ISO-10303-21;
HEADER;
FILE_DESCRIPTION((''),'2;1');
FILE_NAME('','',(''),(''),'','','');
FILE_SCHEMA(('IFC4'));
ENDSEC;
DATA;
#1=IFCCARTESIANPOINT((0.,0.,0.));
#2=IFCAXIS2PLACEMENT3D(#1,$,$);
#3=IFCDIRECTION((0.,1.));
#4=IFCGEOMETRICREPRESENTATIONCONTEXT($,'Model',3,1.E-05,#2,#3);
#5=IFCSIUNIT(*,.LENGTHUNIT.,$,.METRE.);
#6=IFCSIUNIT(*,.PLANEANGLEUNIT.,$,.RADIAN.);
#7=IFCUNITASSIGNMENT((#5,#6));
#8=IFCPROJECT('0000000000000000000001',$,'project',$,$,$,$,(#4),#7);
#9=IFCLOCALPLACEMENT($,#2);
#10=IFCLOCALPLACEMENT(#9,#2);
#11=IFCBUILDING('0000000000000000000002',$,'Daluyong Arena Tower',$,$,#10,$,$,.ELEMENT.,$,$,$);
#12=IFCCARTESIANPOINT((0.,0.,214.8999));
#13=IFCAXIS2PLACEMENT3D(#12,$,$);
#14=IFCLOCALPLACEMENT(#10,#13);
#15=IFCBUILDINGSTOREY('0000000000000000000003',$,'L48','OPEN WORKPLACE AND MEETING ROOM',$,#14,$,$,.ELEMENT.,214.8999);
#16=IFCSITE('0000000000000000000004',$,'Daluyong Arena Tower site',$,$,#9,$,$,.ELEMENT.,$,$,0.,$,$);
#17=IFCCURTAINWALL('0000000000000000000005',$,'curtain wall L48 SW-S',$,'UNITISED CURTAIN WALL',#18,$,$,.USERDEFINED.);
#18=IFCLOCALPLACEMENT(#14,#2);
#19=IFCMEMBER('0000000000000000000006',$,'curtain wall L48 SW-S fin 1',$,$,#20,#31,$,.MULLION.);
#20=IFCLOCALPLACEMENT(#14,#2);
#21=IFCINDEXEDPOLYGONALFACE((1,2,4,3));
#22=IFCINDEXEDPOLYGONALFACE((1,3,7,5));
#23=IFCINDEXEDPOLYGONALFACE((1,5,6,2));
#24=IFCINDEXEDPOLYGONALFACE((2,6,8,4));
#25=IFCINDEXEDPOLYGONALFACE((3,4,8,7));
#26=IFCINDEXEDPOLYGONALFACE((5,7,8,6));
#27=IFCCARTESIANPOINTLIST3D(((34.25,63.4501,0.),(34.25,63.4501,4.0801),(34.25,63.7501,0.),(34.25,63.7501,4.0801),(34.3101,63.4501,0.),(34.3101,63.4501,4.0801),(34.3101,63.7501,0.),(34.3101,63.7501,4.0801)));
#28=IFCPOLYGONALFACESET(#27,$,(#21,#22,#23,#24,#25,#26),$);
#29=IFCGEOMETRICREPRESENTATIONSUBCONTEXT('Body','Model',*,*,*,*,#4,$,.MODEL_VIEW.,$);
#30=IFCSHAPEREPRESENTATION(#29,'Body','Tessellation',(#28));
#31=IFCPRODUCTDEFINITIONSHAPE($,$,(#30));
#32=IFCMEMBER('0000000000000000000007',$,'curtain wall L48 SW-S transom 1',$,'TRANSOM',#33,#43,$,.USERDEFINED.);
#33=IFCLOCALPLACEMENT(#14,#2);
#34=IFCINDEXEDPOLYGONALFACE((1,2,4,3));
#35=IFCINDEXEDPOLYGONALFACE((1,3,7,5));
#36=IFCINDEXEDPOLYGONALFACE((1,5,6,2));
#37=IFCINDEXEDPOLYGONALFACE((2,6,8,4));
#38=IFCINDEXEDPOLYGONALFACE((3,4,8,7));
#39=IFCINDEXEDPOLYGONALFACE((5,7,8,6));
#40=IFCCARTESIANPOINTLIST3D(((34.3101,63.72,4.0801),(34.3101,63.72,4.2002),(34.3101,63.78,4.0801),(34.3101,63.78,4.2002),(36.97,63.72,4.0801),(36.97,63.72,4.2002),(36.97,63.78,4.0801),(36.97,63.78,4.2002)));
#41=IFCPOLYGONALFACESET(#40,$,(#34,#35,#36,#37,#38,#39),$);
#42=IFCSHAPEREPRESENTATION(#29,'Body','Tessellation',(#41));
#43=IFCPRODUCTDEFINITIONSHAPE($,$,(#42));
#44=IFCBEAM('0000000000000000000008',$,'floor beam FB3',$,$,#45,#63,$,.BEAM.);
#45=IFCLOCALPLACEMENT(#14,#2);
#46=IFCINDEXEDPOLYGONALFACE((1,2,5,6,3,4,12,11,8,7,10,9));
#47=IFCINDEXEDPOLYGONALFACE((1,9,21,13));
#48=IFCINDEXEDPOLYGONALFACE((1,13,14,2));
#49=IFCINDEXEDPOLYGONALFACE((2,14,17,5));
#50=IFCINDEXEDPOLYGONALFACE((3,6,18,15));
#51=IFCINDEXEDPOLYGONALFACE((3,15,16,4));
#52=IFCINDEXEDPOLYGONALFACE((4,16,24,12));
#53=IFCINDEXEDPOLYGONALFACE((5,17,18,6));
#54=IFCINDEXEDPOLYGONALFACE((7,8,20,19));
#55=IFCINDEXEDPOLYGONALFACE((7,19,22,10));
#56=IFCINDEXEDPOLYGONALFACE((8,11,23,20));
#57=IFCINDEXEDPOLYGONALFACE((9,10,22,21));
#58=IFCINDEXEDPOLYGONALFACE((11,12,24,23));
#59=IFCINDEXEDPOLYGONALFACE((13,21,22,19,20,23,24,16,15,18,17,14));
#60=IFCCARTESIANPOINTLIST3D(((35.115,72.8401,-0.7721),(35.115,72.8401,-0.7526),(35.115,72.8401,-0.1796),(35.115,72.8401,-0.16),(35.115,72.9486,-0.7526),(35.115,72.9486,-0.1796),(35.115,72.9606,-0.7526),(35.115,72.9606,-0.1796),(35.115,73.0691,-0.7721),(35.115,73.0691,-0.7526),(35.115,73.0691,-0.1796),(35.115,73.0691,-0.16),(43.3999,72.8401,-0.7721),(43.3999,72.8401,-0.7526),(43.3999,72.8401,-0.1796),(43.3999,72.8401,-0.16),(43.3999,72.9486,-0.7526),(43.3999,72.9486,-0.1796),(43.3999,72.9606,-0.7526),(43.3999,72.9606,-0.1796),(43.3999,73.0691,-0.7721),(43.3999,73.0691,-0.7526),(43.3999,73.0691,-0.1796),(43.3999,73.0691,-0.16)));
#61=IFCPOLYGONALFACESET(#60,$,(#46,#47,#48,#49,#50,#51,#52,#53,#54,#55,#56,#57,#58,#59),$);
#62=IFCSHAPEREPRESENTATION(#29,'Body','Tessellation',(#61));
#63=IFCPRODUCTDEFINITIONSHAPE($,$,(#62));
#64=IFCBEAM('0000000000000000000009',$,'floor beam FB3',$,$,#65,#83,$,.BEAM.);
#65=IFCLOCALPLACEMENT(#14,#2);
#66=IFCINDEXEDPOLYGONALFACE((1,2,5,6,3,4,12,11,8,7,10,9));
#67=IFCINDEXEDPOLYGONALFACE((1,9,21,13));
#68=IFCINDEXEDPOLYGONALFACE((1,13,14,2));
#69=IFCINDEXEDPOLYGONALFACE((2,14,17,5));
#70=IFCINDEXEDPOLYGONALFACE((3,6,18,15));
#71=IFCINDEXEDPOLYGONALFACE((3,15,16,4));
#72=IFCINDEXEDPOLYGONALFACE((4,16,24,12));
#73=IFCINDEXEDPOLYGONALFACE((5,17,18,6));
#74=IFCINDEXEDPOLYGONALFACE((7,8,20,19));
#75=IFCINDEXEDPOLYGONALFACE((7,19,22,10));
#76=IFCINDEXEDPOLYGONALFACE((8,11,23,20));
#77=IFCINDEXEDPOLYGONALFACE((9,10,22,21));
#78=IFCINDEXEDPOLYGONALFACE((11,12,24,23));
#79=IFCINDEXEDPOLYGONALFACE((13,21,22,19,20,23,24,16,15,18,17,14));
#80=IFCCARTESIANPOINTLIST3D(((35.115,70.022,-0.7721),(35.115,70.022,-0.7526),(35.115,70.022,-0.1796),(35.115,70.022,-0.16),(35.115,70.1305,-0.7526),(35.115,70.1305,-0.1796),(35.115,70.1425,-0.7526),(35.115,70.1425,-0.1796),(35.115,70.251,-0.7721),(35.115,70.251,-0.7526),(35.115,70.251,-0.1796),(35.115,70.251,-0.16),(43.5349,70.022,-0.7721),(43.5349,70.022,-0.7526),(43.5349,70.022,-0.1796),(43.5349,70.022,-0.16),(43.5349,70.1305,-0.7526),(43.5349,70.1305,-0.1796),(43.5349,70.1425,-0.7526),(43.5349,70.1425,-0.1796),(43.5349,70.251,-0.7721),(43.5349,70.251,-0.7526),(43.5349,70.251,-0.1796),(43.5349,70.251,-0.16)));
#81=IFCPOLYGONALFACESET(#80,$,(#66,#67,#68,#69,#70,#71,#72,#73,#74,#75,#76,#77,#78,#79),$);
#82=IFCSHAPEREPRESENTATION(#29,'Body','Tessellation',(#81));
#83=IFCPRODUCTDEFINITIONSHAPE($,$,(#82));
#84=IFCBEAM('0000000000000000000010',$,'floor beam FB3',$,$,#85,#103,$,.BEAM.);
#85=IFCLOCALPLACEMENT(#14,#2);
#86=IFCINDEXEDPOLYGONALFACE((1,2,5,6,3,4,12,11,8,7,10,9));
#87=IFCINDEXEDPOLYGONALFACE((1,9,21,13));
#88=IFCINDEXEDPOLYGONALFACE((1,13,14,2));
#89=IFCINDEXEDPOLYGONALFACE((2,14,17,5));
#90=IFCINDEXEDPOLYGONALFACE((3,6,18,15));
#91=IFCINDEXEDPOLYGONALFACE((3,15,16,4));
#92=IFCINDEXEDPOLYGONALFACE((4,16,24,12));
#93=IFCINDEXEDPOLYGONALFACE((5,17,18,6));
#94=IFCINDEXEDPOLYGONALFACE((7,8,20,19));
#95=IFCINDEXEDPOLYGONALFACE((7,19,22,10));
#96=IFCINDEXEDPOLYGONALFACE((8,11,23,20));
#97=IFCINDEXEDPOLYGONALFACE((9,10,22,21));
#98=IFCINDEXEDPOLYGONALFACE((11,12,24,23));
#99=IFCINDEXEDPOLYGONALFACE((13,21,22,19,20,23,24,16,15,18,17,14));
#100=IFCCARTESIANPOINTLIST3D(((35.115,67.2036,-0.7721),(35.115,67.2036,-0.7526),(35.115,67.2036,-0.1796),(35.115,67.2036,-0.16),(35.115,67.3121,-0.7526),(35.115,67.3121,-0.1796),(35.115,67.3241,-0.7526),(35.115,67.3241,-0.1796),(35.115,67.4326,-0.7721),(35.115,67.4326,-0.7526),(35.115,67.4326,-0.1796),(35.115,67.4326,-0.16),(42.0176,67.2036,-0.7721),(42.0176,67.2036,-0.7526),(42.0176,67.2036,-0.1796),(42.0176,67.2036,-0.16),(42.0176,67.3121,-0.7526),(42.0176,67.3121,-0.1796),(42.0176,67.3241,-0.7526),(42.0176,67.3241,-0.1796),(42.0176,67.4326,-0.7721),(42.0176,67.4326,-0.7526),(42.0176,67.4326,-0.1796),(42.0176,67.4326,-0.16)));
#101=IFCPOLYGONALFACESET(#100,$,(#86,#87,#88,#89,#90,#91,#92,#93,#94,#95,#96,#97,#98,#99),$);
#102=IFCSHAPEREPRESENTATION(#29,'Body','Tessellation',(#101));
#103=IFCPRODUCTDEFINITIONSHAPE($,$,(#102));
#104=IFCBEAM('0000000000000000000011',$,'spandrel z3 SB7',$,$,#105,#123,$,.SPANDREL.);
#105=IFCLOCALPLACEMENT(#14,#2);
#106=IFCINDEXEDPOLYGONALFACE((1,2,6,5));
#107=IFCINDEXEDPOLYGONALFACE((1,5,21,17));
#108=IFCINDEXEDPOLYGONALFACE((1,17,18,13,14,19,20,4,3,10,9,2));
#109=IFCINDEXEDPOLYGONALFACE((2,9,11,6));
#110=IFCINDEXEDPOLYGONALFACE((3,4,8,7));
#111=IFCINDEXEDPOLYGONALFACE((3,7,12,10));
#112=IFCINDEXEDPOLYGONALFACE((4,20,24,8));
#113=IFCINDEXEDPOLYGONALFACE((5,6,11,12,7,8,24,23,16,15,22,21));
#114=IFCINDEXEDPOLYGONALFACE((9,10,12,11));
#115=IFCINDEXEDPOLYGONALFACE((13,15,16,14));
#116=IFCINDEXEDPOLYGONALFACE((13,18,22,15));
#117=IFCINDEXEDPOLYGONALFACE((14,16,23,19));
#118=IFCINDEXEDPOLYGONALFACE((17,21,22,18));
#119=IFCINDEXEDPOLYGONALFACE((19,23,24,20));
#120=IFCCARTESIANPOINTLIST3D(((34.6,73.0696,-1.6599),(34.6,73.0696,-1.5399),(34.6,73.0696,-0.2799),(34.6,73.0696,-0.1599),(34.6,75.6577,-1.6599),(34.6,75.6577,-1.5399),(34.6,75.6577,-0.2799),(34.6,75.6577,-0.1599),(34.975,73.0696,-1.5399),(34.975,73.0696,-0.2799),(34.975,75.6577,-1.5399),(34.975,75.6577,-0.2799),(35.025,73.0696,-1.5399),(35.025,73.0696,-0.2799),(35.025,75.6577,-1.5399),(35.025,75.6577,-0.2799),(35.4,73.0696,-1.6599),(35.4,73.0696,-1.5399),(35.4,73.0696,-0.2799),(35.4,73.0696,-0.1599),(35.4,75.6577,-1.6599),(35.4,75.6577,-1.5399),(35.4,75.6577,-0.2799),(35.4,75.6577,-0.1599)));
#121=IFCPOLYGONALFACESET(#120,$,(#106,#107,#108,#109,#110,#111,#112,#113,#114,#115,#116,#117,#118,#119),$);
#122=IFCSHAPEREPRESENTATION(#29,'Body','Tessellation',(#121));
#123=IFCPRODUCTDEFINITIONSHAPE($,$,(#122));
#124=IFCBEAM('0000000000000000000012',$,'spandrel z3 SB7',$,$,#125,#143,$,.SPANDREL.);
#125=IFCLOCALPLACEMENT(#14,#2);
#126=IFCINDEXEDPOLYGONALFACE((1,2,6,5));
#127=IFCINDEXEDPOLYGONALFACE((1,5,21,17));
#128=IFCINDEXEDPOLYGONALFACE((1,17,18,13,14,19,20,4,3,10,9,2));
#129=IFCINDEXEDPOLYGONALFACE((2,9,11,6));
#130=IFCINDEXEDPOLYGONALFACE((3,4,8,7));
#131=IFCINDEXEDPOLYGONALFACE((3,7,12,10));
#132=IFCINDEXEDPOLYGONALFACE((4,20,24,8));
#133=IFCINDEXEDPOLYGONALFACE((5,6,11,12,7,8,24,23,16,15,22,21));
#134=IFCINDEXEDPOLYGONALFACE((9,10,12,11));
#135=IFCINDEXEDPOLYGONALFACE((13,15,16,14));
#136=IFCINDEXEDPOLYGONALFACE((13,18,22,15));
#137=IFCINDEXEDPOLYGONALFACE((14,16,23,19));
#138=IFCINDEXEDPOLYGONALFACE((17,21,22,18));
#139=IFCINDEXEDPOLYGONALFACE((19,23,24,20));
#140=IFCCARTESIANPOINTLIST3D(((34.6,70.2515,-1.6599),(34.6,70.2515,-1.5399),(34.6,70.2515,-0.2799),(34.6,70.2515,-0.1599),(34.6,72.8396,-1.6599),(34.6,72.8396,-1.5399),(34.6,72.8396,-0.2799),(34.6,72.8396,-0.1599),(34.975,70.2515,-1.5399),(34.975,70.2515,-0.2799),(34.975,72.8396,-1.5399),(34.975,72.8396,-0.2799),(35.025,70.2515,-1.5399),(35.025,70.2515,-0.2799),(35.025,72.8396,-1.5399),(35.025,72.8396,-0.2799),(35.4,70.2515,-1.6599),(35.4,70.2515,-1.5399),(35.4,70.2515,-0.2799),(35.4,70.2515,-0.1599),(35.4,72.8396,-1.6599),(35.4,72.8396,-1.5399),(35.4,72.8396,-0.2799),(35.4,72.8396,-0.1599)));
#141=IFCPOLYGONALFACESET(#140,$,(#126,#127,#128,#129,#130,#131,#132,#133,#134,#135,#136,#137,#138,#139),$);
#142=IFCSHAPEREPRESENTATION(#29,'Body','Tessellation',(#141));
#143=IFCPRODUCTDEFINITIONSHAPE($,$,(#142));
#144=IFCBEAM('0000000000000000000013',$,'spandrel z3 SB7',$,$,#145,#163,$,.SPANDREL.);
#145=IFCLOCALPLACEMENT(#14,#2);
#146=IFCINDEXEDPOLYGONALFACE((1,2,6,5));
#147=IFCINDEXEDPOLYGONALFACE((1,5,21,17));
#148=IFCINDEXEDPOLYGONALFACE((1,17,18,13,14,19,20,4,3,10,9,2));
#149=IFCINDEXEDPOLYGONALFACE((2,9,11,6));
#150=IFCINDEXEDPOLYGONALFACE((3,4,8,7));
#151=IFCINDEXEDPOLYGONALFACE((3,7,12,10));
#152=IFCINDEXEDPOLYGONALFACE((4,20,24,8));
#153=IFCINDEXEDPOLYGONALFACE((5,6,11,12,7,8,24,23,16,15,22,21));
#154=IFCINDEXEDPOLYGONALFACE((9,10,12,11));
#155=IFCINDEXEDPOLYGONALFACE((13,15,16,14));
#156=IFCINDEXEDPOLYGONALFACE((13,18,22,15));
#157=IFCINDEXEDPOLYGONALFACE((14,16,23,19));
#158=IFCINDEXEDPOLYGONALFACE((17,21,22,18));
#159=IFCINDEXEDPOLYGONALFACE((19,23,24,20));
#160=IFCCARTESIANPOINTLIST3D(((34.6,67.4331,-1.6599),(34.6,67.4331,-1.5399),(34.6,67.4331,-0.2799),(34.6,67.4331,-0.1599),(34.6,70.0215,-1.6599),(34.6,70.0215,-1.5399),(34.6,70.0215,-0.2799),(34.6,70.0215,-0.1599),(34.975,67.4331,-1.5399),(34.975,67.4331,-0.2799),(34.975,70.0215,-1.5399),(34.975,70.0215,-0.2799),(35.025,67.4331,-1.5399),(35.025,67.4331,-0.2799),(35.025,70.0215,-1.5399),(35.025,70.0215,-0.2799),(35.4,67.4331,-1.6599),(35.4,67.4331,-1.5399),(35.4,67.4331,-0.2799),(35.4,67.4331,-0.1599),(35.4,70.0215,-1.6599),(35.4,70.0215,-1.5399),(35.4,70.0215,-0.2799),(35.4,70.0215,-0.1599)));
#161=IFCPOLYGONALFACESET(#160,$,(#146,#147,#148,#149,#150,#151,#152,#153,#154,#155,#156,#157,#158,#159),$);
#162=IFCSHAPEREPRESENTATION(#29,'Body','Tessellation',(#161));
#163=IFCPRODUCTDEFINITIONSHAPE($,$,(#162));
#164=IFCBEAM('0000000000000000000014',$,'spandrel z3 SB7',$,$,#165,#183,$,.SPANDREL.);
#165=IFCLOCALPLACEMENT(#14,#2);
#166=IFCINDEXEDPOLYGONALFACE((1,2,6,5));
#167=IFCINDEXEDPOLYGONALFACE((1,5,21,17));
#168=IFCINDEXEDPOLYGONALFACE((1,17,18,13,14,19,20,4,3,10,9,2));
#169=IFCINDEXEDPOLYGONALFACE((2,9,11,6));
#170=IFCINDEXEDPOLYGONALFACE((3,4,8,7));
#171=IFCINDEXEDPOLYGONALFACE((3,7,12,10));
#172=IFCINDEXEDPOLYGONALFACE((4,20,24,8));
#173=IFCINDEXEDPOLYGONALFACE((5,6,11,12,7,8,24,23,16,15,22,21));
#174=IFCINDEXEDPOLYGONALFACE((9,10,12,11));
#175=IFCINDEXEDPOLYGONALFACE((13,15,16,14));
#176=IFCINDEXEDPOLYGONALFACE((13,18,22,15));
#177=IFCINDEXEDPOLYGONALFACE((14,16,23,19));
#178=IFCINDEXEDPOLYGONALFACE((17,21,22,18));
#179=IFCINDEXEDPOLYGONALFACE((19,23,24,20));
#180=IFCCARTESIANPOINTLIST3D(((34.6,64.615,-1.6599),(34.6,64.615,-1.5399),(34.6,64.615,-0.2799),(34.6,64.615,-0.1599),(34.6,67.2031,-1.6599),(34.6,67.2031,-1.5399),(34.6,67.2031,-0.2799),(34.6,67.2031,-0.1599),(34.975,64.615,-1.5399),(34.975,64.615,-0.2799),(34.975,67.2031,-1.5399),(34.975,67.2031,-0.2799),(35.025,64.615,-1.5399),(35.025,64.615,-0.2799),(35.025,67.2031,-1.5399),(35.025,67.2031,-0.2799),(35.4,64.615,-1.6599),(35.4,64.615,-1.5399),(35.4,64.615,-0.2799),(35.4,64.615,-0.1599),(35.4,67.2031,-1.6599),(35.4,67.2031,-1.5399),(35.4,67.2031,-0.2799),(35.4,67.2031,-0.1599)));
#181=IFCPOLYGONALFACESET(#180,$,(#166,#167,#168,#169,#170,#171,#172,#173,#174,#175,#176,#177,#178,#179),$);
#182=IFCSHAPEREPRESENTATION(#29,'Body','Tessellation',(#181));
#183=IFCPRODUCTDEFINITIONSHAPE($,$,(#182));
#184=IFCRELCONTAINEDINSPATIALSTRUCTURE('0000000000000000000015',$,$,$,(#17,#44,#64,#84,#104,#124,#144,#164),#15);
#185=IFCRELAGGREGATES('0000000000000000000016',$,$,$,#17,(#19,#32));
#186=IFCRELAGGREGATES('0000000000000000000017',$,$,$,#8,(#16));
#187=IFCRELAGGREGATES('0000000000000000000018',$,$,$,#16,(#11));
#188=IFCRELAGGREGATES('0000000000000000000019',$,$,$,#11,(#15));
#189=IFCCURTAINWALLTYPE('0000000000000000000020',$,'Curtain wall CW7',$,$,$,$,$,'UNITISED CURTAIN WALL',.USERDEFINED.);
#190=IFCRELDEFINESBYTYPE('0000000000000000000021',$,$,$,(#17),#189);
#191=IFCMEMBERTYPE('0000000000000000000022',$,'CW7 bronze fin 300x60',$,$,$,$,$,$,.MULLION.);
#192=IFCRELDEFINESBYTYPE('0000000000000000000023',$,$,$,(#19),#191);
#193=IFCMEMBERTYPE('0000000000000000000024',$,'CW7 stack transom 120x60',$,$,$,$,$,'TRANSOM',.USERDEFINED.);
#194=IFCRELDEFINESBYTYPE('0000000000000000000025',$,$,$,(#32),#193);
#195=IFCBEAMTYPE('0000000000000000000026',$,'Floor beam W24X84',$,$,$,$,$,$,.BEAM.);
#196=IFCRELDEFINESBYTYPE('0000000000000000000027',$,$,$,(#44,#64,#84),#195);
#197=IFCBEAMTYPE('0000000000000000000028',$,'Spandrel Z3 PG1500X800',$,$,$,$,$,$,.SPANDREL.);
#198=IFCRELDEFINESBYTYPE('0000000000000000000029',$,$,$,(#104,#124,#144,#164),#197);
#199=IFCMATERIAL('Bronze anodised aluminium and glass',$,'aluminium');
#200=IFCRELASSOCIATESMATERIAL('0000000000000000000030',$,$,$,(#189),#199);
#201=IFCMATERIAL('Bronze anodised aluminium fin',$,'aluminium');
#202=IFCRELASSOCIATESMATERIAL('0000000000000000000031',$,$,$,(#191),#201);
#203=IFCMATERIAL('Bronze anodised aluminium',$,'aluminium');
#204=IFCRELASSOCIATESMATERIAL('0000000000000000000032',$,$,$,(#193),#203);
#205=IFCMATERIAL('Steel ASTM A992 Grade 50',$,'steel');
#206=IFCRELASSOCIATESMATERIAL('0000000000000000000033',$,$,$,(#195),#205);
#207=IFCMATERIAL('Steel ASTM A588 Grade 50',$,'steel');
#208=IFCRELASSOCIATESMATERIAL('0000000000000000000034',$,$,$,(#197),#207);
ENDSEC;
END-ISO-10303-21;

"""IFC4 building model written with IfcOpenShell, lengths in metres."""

from ifc_helpers import new_model, si_unit, direction, frame, origin, origin_2d, place, context, subcontext, project, spatial, rectangle, i_section, extrude, material, material_profile, profile_set, type_object, element, aggregate, save


model = new_model("IFC4")

# Units and contexts
model_context = context("Model", 3, precision=1e-05, world=origin(), true_north=direction((0.0, 1.0)))
body_context = subcontext(model_context, "Body", "Model", "MODEL_VIEW")
ifc_project = project(units=[si_unit("LENGTHUNIT", "METRE"), si_unit("PLANEANGLEUNIT", "RADIAN")], contexts=[model_context])

# Site, building, storey
site_placement = place(None, origin())
site = spatial("IfcSite", under=ifc_project, at=site_placement, Name="Daluyong Arena Tower site", CompositionType="ELEMENT", RefElevation=0.0)
building_placement = place(site_placement, origin())
building = spatial("IfcBuilding", under=site, at=building_placement, Name="Daluyong Arena Tower", CompositionType="ELEMENT")
storey_placement = place(building_placement, frame((0.0, 0.0, 214.8999)))
storey = spatial("IfcBuildingStorey", under=building, at=storey_placement, Name="L48", Description="OPEN WORKPLACE AND MEETING ROOM", CompositionType="ELEMENT", Elevation=214.8999)

# Curtain wall, members
ifc_material_1 = material(Name="Bronze anodised aluminium and glass", Category="aluminium")
curtain_wall_type_1 = type_object("IfcCurtainWallType", Name="Curtain wall CW7", ElementType="UNITISED CURTAIN WALL", PredefinedType="USERDEFINED", material=ifc_material_1)
curtain_wall_1_placement = place(storey_placement, origin())
curtain_wall_1 = element("IfcCurtainWall", 1, at=curtain_wall_1_placement, inside=storey, type_object=curtain_wall_type_1, Name="curtain wall L48 SW-S", ObjectType="UNITISED CURTAIN WALL", PredefinedType="USERDEFINED")
ifc_material_2 = material(Name="Bronze anodised aluminium fin", Category="aluminium")
ifc_material_profile_1 = material_profile(ifc_material_2, rectangle(XDim=0.3, YDim=0.0601, at=origin_2d()))
ifc_profile_set_1 = profile_set([ifc_material_profile_1], Name="Bronze anodised aluminium fin")
member_type_1 = type_object("IfcMemberType", Name="CW7 bronze fin 300x60", PredefinedType="MULLION", material=ifc_profile_set_1)
member_1_placement = place(storey_placement, frame((34.28, 63.6001, 0.0), z_axis=(0.0, 0.0, 1.0), x_axis=(0.0, 1.0, 0.0)))
member_1 = element("IfcMember", 2, at=member_1_placement, type_object=member_type_1, Name="curtain wall L48 SW-S fin 1", PredefinedType="MULLION", context=body_context, shape_type="SweptSolid", body=[
    extrude(rectangle(XDim=0.3, YDim=0.0601, at=origin_2d()), origin(), (0.0, 0.0, 1.0), 4.0801),
])
ifc_material_3 = material(Name="Bronze anodised aluminium", Category="aluminium")
ifc_material_profile_2 = material_profile(ifc_material_3, rectangle(XDim=0.0601, YDim=0.1201, at=origin_2d()))
ifc_profile_set_2 = profile_set([ifc_material_profile_2], Name="Bronze anodised aluminium")
member_type_2 = type_object("IfcMemberType", Name="CW7 stack transom 120x60", ElementType="TRANSOM", PredefinedType="USERDEFINED", material=ifc_profile_set_2)
member_2_placement = place(storey_placement, frame((34.3101, 63.75, 4.1401), z_axis=(1.0, 0.0, 0.0), x_axis=(0.0, 1.0, 0.0)))
member_2 = element("IfcMember", 3, at=member_2_placement, type_object=member_type_2, Name="curtain wall L48 SW-S transom 1", ObjectType="TRANSOM", PredefinedType="USERDEFINED", context=body_context, shape_type="SweptSolid", body=[
    extrude(rectangle(XDim=0.0601, YDim=0.1201, at=origin_2d()), origin(), (0.0, 0.0, 1.0), 2.6599),
])
aggregate(curtain_wall_1, [member_1, member_2])

# Beams
ifc_material_4 = material(Name="Steel ASTM A992 Grade 50", Category="steel")
ifc_material_profile_3 = material_profile(ifc_material_4, i_section(OverallWidth=0.229, OverallDepth=0.6121, WebThickness=0.012, FlangeThickness=0.0195, at=origin_2d()))
ifc_profile_set_3 = profile_set([ifc_material_profile_3], Name="Steel ASTM A992 Grade 50")
beam_type_1 = type_object("IfcBeamType", Name="Floor beam W24X84", PredefinedType="BEAM", material=ifc_profile_set_3)
beam_1_placement = place(storey_placement, frame((35.115, 72.9546, -0.4661), z_axis=(1.0, 0.0, 0.0), x_axis=(0.0, 1.0, 0.0)))
element("IfcBeam", 4, at=beam_1_placement, inside=storey, type_object=beam_type_1, Name="floor beam FB3", PredefinedType="BEAM", context=body_context, shape_type="SweptSolid", body=[
    extrude(i_section(OverallWidth=0.229, OverallDepth=0.6121, WebThickness=0.012, FlangeThickness=0.0195, at=origin_2d()), origin(), (0.0, 0.0, 1.0), 8.2849),
])
beam_2_placement = place(storey_placement, frame((35.115, 70.1365, -0.4661), z_axis=(1.0, 0.0, 0.0), x_axis=(0.0, 1.0, 0.0)))
element("IfcBeam", 5, at=beam_2_placement, inside=storey, type_object=beam_type_1, Name="floor beam FB3", PredefinedType="BEAM", context=body_context, shape_type="SweptSolid", body=[
    extrude(i_section(OverallWidth=0.229, OverallDepth=0.6121, WebThickness=0.012, FlangeThickness=0.0195, at=origin_2d()), origin(), (0.0, 0.0, 1.0), 8.4199),
])
beam_3_placement = place(storey_placement, frame((35.115, 67.3181, -0.4661), z_axis=(1.0, 0.0, 0.0), x_axis=(0.0, 1.0, 0.0)))
element("IfcBeam", 6, at=beam_3_placement, inside=storey, type_object=beam_type_1, Name="floor beam FB3", PredefinedType="BEAM", context=body_context, shape_type="SweptSolid", body=[
    extrude(i_section(OverallWidth=0.229, OverallDepth=0.6121, WebThickness=0.012, FlangeThickness=0.0195, at=origin_2d()), origin(), (0.0, 0.0, 1.0), 6.9026),
])
ifc_material_5 = material(Name="Steel ASTM A588 Grade 50", Category="steel")
ifc_material_profile_4 = material_profile(ifc_material_5, i_section(OverallWidth=0.8, OverallDepth=1.5, WebThickness=0.05, FlangeThickness=0.12, at=origin_2d()))
ifc_profile_set_4 = profile_set([ifc_material_profile_4], Name="Steel ASTM A588 Grade 50")
beam_type_2 = type_object("IfcBeamType", Name="Spandrel Z3 PG1500X800", PredefinedType="SPANDREL", material=ifc_profile_set_4)
for number, where, z_axis, x_axis, name in (
    (7, (35.0, 75.6577, -0.9099), (0.0, -1.0, 0.0), (1.0, 0.0, 0.0), "spandrel z3 SB7"),
    (8, (35.0, 72.8396, -0.9099), (0.0, -1.0, 0.0), (1.0, 0.0, 0.0), "spandrel z3 SB7"),
):
    element("IfcBeam", number, at=place(storey_placement, frame(where, z_axis=z_axis, x_axis=x_axis)), inside=storey, type_object=beam_type_2, Name=name, PredefinedType="SPANDREL", context=body_context, shape_type="SweptSolid", body=[
        extrude(i_section(OverallWidth=0.8, OverallDepth=1.5, WebThickness=0.05, FlangeThickness=0.12, at=origin_2d()), origin(), (0.0, 0.0, 1.0), 2.5881),
    ])
beam_4_placement = place(storey_placement, frame((35.0, 70.0215, -0.9099), z_axis=(0.0, -1.0, 0.0), x_axis=(1.0, 0.0, 0.0)))
element("IfcBeam", 9, at=beam_4_placement, inside=storey, type_object=beam_type_2, Name="spandrel z3 SB7", PredefinedType="SPANDREL", context=body_context, shape_type="SweptSolid", body=[
    extrude(i_section(OverallWidth=0.8, OverallDepth=1.5, WebThickness=0.05, FlangeThickness=0.12, at=origin_2d()), origin(), (0.0, 0.0, 1.0), 2.5884),
])
beam_5_placement = place(storey_placement, frame((35.0, 67.2031, -0.9099), z_axis=(0.0, -1.0, 0.0), x_axis=(1.0, 0.0, 0.0)))
element("IfcBeam", 10, at=beam_5_placement, inside=storey, type_object=beam_type_2, Name="spandrel z3 SB7", PredefinedType="SPANDREL", context=body_context, shape_type="SweptSolid", body=[
    extrude(i_section(OverallWidth=0.8, OverallDepth=1.5, WebThickness=0.05, FlangeThickness=0.12, at=origin_2d()), origin(), (0.0, 0.0, 1.0), 2.5881),
])

save(model, "model.ifc")
